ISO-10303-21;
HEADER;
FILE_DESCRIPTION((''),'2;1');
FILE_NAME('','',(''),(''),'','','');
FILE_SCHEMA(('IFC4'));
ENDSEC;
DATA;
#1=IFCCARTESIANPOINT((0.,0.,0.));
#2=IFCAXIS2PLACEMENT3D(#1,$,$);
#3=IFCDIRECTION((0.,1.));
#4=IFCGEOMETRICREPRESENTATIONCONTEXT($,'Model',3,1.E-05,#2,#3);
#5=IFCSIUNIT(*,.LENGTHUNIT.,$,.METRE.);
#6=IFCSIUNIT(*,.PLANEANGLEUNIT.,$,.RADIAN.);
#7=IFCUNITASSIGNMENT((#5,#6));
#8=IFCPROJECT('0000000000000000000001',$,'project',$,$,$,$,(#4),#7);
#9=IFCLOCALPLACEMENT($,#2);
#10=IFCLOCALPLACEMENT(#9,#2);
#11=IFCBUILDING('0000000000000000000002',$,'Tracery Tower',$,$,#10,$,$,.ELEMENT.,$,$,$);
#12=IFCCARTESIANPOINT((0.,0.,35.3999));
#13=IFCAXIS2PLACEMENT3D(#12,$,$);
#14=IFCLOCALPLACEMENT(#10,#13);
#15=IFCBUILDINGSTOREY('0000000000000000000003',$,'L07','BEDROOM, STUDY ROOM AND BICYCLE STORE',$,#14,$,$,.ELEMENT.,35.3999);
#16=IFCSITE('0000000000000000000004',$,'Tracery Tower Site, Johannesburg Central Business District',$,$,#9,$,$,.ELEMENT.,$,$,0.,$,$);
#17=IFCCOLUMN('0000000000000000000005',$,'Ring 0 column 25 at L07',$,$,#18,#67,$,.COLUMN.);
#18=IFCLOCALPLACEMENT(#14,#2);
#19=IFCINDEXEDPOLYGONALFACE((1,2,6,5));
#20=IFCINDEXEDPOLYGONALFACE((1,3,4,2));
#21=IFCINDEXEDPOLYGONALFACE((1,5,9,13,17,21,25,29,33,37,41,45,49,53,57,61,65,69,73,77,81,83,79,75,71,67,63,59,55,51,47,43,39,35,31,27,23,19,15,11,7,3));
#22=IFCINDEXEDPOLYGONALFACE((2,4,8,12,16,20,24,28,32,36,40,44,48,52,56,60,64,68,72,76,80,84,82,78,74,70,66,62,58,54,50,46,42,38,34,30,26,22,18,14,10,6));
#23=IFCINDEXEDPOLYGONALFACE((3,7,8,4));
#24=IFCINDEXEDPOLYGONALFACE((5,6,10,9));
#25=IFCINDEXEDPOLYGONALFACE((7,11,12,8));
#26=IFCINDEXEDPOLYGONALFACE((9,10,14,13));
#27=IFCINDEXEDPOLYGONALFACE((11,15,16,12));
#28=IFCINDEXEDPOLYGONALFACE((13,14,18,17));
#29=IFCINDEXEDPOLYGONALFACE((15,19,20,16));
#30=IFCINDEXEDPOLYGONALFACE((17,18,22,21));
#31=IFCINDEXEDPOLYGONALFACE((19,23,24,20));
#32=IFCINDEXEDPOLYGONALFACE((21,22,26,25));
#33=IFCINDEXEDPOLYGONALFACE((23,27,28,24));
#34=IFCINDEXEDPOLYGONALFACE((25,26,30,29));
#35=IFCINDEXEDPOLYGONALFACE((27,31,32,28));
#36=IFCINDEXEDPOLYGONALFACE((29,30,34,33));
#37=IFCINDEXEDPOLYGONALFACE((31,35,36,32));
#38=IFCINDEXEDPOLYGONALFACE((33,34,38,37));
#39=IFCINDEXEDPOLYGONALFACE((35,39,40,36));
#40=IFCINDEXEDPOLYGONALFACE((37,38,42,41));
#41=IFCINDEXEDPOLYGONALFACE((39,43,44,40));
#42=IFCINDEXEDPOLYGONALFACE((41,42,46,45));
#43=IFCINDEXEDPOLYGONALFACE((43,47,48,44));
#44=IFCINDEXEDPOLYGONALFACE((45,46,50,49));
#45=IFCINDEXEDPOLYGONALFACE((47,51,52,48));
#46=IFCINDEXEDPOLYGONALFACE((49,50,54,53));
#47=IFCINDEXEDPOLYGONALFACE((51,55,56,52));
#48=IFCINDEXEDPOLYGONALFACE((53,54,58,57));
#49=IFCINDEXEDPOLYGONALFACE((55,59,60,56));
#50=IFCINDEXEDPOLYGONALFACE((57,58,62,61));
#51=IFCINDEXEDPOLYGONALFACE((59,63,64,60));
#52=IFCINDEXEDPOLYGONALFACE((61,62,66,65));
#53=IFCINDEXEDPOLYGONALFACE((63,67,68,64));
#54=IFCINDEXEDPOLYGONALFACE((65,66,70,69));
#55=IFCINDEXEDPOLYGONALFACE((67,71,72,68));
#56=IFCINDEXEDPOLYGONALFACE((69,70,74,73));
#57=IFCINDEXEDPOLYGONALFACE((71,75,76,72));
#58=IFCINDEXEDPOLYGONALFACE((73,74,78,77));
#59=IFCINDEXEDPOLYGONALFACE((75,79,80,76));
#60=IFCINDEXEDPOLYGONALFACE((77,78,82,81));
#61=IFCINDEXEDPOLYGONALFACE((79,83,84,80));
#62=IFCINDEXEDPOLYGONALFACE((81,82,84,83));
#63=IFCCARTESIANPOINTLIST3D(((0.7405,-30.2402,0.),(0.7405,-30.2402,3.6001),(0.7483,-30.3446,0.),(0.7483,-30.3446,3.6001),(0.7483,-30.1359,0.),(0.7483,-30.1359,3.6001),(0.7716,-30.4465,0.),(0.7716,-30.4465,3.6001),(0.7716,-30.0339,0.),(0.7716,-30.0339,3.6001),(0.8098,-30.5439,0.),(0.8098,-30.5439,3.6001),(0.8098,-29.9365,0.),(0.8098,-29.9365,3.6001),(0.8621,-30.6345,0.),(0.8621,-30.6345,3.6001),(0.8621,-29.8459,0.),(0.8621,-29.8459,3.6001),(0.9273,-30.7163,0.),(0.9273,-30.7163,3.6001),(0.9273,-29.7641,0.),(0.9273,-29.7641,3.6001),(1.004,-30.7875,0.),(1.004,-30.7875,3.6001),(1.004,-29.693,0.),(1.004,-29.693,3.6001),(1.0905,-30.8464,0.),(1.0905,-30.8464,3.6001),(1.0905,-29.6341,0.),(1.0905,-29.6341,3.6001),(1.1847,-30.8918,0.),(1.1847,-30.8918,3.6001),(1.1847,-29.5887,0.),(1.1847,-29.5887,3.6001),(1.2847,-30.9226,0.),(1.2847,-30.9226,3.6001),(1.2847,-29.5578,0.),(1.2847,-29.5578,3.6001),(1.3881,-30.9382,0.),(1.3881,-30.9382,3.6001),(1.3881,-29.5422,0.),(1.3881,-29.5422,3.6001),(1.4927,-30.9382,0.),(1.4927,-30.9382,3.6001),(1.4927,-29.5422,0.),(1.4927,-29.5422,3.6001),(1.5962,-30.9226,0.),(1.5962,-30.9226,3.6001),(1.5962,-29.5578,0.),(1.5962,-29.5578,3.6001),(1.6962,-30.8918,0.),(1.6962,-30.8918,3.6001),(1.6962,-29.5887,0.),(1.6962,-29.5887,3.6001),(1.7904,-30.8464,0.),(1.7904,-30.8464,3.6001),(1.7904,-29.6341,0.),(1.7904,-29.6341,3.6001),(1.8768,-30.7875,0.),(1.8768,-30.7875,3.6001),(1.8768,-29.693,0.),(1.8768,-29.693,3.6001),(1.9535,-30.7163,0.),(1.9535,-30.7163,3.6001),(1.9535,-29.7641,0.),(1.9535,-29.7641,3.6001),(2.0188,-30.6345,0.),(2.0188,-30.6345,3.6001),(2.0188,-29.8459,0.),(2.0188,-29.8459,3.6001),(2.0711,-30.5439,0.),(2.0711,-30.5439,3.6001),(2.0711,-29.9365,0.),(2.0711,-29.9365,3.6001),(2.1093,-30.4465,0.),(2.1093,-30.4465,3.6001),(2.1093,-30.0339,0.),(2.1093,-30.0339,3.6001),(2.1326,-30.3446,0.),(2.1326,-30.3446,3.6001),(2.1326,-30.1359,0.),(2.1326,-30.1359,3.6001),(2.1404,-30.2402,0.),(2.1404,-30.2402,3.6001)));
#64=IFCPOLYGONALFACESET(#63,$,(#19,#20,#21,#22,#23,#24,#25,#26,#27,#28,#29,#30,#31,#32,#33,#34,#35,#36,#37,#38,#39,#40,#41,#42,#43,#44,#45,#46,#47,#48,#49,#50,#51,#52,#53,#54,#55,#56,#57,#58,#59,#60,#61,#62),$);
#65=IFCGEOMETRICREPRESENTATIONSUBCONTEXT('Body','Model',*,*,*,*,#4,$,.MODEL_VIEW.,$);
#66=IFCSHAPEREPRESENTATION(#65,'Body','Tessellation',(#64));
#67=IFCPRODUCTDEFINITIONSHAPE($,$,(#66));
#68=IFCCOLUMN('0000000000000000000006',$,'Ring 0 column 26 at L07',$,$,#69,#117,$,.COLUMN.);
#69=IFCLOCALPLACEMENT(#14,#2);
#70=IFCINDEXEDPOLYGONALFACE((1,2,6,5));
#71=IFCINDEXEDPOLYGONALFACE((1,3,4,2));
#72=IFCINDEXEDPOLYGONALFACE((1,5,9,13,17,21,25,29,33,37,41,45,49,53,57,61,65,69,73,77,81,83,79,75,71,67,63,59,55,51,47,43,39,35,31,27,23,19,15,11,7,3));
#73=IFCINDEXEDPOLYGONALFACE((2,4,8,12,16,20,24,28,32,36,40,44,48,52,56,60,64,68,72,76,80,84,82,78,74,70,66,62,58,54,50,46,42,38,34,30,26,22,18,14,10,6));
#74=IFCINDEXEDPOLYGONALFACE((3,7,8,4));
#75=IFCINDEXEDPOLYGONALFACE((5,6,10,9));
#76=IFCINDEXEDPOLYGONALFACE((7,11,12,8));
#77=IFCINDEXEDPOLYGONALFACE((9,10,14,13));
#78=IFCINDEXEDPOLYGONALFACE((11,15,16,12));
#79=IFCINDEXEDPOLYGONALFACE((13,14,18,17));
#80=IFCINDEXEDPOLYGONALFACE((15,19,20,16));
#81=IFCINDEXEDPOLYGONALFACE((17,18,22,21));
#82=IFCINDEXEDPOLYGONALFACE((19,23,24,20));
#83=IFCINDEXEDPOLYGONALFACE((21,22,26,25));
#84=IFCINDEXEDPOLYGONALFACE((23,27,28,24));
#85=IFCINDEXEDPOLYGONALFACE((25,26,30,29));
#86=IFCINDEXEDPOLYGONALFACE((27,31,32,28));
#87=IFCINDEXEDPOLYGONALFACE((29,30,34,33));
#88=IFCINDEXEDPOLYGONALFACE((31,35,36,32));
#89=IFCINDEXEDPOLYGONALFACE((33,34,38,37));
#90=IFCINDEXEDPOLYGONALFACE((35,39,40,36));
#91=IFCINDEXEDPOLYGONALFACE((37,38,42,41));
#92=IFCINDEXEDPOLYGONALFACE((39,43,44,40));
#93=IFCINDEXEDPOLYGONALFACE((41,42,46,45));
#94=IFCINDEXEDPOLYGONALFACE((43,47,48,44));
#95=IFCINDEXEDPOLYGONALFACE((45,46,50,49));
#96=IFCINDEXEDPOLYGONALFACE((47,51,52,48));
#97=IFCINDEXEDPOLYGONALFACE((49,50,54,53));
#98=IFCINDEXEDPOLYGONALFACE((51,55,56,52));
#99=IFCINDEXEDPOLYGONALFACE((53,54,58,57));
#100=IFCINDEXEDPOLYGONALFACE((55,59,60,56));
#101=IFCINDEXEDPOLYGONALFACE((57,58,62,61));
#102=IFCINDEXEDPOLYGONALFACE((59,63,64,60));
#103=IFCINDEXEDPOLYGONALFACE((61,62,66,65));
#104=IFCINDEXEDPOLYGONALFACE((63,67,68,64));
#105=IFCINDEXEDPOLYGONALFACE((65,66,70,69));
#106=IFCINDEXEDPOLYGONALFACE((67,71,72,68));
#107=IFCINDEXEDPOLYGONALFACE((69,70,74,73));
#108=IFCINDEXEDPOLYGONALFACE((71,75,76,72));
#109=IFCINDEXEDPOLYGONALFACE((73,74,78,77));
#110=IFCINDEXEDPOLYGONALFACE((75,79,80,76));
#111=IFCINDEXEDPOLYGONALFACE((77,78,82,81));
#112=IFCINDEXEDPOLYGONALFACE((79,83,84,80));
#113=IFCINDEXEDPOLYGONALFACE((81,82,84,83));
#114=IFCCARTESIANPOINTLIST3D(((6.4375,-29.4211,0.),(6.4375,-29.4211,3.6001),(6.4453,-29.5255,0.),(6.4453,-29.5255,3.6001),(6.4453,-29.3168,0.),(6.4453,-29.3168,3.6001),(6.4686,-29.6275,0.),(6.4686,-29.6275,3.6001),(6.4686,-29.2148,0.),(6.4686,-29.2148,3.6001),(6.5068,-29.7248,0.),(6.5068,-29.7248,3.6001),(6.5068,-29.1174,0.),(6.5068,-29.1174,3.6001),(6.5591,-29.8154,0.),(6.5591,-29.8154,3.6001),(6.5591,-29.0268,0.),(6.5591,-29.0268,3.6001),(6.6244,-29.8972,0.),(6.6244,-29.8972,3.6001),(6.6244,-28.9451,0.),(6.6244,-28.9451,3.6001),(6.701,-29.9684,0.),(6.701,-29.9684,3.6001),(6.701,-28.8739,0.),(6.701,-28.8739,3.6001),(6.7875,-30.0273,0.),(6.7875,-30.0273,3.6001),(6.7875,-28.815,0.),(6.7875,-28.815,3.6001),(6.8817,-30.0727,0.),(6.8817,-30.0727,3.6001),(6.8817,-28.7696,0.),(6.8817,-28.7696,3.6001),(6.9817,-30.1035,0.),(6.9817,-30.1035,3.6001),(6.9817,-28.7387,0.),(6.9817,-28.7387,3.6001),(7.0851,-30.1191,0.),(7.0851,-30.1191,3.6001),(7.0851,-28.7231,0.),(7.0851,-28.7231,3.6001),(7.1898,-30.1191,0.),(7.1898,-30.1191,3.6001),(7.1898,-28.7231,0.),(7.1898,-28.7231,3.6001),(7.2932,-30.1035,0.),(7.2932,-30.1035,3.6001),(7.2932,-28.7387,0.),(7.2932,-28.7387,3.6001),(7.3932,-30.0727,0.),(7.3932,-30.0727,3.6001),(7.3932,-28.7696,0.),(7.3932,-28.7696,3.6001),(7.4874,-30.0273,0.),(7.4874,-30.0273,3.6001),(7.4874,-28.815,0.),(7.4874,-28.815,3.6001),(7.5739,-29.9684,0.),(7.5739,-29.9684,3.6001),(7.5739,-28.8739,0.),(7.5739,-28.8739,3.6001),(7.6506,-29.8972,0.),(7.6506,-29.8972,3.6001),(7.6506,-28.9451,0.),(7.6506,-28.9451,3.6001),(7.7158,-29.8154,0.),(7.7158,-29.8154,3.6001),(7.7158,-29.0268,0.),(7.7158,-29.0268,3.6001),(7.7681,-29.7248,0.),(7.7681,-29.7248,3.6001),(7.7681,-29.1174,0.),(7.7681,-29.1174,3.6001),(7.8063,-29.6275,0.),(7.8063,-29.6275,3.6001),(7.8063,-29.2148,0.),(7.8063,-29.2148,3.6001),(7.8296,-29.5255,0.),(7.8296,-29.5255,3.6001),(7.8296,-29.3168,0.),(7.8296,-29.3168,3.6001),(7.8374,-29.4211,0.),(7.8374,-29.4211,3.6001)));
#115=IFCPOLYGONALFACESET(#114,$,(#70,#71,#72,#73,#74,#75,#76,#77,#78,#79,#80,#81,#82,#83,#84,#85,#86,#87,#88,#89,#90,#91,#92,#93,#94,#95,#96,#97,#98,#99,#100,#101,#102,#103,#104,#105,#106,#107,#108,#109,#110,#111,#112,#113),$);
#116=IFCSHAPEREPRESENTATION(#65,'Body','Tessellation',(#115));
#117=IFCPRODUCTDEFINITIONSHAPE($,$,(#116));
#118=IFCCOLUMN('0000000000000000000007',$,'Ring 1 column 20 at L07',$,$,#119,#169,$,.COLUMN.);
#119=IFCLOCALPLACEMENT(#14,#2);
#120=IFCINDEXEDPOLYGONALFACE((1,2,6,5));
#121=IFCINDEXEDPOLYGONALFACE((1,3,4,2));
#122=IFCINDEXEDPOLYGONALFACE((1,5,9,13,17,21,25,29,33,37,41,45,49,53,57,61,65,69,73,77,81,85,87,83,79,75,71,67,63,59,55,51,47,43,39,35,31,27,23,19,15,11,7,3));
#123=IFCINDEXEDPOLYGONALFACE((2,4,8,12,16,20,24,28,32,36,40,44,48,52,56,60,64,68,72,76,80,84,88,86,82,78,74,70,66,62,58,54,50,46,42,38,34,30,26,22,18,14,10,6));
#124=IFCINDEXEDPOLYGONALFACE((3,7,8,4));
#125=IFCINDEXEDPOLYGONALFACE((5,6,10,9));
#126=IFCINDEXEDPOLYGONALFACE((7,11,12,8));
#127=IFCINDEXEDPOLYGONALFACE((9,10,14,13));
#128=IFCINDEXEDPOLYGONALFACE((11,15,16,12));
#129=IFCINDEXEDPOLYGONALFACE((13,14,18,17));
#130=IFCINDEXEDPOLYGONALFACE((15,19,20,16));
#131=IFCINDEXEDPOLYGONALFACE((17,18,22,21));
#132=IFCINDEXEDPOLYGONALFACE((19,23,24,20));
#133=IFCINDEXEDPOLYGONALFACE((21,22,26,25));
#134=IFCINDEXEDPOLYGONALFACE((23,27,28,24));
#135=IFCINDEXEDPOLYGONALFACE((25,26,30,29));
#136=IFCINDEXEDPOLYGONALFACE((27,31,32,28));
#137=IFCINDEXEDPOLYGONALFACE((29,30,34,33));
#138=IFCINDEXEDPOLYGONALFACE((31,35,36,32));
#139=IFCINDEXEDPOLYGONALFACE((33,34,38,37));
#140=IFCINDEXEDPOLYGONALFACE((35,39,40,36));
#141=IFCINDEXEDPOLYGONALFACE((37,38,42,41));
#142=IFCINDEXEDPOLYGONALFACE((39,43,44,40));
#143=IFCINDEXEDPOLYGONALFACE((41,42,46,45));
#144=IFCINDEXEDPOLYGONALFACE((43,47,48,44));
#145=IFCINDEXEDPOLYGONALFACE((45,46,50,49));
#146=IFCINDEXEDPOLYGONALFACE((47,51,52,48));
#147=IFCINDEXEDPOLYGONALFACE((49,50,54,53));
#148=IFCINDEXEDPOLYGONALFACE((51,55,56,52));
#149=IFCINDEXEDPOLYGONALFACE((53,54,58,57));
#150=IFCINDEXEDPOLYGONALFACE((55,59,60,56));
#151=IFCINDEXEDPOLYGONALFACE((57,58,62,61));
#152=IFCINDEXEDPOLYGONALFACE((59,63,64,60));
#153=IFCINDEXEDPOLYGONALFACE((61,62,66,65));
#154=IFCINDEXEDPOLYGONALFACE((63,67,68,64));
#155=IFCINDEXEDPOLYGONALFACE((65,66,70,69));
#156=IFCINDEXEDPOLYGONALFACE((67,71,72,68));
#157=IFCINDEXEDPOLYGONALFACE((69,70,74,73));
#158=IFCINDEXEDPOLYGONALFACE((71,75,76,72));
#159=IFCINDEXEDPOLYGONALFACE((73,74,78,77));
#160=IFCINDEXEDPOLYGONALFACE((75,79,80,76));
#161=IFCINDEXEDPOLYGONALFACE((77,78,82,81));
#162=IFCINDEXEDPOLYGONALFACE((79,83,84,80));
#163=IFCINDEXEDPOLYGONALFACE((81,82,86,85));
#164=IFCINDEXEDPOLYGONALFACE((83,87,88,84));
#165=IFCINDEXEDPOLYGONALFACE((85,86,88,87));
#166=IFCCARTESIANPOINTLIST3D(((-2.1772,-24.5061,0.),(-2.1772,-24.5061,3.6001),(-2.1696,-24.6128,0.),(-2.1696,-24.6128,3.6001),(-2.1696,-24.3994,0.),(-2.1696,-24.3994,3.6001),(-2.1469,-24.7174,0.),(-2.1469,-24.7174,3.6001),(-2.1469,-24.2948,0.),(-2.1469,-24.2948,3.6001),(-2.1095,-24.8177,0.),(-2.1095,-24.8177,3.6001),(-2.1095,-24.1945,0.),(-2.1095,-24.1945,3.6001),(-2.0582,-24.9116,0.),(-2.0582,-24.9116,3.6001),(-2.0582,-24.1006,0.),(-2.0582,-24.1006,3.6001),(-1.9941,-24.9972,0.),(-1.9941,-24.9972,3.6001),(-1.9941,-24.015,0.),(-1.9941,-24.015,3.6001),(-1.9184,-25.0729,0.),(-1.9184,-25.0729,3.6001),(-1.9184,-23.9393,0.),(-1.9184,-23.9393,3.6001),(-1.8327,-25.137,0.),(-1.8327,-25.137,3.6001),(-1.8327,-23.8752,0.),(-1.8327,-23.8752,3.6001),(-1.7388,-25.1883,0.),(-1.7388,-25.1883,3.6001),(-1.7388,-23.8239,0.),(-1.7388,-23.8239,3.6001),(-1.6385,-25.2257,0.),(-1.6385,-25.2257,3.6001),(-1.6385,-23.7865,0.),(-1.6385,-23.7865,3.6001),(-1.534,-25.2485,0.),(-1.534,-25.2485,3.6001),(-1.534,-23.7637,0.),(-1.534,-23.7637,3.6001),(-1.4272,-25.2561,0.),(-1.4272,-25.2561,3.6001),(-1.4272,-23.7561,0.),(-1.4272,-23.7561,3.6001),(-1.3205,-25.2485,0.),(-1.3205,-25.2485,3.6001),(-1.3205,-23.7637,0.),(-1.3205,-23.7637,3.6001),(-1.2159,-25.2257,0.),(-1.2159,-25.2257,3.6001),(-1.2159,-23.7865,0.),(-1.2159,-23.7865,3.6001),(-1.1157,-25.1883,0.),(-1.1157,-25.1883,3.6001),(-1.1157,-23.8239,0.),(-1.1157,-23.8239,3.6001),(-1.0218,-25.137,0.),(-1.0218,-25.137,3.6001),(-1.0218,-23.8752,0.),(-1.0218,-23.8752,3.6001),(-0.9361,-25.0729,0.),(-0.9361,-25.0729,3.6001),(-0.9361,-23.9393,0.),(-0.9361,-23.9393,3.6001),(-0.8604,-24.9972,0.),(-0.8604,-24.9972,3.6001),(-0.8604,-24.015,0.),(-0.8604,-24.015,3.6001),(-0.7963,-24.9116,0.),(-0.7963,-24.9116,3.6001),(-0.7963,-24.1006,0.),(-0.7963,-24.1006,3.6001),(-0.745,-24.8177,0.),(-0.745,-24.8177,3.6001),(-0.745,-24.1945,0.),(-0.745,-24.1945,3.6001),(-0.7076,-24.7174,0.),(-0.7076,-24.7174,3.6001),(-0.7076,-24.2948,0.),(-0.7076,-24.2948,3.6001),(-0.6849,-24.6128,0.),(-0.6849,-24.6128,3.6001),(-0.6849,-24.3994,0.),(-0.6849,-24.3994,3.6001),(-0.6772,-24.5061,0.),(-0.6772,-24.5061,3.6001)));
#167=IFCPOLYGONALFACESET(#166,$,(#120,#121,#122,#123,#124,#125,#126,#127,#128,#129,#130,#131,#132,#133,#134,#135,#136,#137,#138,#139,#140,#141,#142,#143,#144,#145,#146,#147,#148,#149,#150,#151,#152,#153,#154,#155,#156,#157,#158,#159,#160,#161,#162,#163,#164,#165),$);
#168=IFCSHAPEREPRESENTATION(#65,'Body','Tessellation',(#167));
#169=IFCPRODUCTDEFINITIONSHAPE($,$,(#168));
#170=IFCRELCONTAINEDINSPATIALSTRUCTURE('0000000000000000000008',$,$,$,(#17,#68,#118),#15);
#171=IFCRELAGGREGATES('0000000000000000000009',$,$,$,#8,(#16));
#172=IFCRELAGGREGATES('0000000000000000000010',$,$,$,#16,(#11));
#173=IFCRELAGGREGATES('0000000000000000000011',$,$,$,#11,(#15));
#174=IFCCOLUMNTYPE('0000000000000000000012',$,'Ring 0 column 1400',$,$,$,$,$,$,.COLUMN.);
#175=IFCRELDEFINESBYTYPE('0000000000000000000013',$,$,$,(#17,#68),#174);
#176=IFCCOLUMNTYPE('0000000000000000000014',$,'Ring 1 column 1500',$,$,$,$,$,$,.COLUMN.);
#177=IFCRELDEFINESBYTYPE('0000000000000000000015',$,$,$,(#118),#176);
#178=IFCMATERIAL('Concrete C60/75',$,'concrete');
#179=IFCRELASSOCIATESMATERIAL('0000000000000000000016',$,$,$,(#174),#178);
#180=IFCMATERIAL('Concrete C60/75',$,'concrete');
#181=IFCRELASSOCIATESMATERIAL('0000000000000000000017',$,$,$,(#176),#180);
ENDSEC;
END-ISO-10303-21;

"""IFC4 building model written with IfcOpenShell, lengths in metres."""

from ifc_helpers import new_model, si_unit, direction, frame, origin, origin_2d, place, context, subcontext, project, spatial, circle, extrude, material, material_profile, profile_set, type_object, element, save


model = new_model("IFC4")

# Units and contexts
model_context = context("Model", 3, precision=1e-05, world=origin(), true_north=direction((0.0, 1.0)))
body_context = subcontext(model_context, "Body", "Model", "MODEL_VIEW")
ifc_project = project(units=[si_unit("LENGTHUNIT", "METRE"), si_unit("PLANEANGLEUNIT", "RADIAN")], contexts=[model_context])

# Site, building, storey
site_placement = place(None, origin())
site = spatial("IfcSite", under=ifc_project, at=site_placement, Name="Tracery Tower Site, Johannesburg Central Business District", CompositionType="ELEMENT", RefElevation=0.0)
building_placement = place(site_placement, origin())
building = spatial("IfcBuilding", under=site, at=building_placement, Name="Tracery Tower", CompositionType="ELEMENT")
storey_placement = place(building_placement, frame((0.0, 0.0, 35.3999)))
storey = spatial("IfcBuildingStorey", under=building, at=storey_placement, Name="L07", Description="BEDROOM, STUDY ROOM AND BICYCLE STORE", CompositionType="ELEMENT", Elevation=35.3999)

# Columns
ifc_material_1 = material(Name="Concrete C60/75", Category="concrete")
ifc_material_profile_1 = material_profile(ifc_material_1, circle(Radius=0.7, at=origin_2d()), Name="RC D1400")
ifc_profile_set_1 = profile_set([ifc_material_profile_1], Name="Concrete C60/75")
column_type_1 = type_object("IfcColumnType", Name="Ring 0 column 1400", PredefinedType="COLUMN", material=ifc_profile_set_1)
for number, where, z_axis, x_axis, name in (
    (1, (1.4404, -30.2402, 0.0), (0.0, 0.0, 1.0), (1.0, 0.0, 0.0), "Ring 0 column 25 at L07"),
    (2, (7.1375, -29.4211, 0.0), (0.0, 0.0, 1.0), (1.0, 0.0, 0.0), "Ring 0 column 26 at L07"),
):
    element("IfcColumn", number, at=place(storey_placement, frame(where, z_axis=z_axis, x_axis=x_axis)), inside=storey, type_object=column_type_1, Name=name, PredefinedType="COLUMN", context=body_context, shape_type="SweptSolid", body=[
        extrude(circle(Radius=0.7, at=origin_2d()), origin(), (0.0, 0.0, 1.0), 3.6001),
    ])
ifc_material_2 = material(Name="Concrete C60/75", Category="concrete")
ifc_material_profile_2 = material_profile(ifc_material_2, circle(Radius=0.75, at=origin_2d()), Name="RC D1500")
ifc_profile_set_2 = profile_set([ifc_material_profile_2], Name="Concrete C60/75")
column_type_2 = type_object("IfcColumnType", Name="Ring 1 column 1500", PredefinedType="COLUMN", material=ifc_profile_set_2)
for number, where, z_axis, x_axis, name in (
    (3, (-1.4272, -24.5061, 0.0), (0.0, 0.0, 1.0), (1.0, 0.0, 0.0), "Ring 1 column 20 at L07"),
):
    element("IfcColumn", number, at=place(storey_placement, frame(where, z_axis=z_axis, x_axis=x_axis)), inside=storey, type_object=column_type_2, Name=name, PredefinedType="COLUMN", context=body_context, shape_type="SweptSolid", body=[
        extrude(circle(Radius=0.75, at=origin_2d()), origin(), (0.0, 0.0, 1.0), 3.6001),
    ])

save(model, "model.ifc")
